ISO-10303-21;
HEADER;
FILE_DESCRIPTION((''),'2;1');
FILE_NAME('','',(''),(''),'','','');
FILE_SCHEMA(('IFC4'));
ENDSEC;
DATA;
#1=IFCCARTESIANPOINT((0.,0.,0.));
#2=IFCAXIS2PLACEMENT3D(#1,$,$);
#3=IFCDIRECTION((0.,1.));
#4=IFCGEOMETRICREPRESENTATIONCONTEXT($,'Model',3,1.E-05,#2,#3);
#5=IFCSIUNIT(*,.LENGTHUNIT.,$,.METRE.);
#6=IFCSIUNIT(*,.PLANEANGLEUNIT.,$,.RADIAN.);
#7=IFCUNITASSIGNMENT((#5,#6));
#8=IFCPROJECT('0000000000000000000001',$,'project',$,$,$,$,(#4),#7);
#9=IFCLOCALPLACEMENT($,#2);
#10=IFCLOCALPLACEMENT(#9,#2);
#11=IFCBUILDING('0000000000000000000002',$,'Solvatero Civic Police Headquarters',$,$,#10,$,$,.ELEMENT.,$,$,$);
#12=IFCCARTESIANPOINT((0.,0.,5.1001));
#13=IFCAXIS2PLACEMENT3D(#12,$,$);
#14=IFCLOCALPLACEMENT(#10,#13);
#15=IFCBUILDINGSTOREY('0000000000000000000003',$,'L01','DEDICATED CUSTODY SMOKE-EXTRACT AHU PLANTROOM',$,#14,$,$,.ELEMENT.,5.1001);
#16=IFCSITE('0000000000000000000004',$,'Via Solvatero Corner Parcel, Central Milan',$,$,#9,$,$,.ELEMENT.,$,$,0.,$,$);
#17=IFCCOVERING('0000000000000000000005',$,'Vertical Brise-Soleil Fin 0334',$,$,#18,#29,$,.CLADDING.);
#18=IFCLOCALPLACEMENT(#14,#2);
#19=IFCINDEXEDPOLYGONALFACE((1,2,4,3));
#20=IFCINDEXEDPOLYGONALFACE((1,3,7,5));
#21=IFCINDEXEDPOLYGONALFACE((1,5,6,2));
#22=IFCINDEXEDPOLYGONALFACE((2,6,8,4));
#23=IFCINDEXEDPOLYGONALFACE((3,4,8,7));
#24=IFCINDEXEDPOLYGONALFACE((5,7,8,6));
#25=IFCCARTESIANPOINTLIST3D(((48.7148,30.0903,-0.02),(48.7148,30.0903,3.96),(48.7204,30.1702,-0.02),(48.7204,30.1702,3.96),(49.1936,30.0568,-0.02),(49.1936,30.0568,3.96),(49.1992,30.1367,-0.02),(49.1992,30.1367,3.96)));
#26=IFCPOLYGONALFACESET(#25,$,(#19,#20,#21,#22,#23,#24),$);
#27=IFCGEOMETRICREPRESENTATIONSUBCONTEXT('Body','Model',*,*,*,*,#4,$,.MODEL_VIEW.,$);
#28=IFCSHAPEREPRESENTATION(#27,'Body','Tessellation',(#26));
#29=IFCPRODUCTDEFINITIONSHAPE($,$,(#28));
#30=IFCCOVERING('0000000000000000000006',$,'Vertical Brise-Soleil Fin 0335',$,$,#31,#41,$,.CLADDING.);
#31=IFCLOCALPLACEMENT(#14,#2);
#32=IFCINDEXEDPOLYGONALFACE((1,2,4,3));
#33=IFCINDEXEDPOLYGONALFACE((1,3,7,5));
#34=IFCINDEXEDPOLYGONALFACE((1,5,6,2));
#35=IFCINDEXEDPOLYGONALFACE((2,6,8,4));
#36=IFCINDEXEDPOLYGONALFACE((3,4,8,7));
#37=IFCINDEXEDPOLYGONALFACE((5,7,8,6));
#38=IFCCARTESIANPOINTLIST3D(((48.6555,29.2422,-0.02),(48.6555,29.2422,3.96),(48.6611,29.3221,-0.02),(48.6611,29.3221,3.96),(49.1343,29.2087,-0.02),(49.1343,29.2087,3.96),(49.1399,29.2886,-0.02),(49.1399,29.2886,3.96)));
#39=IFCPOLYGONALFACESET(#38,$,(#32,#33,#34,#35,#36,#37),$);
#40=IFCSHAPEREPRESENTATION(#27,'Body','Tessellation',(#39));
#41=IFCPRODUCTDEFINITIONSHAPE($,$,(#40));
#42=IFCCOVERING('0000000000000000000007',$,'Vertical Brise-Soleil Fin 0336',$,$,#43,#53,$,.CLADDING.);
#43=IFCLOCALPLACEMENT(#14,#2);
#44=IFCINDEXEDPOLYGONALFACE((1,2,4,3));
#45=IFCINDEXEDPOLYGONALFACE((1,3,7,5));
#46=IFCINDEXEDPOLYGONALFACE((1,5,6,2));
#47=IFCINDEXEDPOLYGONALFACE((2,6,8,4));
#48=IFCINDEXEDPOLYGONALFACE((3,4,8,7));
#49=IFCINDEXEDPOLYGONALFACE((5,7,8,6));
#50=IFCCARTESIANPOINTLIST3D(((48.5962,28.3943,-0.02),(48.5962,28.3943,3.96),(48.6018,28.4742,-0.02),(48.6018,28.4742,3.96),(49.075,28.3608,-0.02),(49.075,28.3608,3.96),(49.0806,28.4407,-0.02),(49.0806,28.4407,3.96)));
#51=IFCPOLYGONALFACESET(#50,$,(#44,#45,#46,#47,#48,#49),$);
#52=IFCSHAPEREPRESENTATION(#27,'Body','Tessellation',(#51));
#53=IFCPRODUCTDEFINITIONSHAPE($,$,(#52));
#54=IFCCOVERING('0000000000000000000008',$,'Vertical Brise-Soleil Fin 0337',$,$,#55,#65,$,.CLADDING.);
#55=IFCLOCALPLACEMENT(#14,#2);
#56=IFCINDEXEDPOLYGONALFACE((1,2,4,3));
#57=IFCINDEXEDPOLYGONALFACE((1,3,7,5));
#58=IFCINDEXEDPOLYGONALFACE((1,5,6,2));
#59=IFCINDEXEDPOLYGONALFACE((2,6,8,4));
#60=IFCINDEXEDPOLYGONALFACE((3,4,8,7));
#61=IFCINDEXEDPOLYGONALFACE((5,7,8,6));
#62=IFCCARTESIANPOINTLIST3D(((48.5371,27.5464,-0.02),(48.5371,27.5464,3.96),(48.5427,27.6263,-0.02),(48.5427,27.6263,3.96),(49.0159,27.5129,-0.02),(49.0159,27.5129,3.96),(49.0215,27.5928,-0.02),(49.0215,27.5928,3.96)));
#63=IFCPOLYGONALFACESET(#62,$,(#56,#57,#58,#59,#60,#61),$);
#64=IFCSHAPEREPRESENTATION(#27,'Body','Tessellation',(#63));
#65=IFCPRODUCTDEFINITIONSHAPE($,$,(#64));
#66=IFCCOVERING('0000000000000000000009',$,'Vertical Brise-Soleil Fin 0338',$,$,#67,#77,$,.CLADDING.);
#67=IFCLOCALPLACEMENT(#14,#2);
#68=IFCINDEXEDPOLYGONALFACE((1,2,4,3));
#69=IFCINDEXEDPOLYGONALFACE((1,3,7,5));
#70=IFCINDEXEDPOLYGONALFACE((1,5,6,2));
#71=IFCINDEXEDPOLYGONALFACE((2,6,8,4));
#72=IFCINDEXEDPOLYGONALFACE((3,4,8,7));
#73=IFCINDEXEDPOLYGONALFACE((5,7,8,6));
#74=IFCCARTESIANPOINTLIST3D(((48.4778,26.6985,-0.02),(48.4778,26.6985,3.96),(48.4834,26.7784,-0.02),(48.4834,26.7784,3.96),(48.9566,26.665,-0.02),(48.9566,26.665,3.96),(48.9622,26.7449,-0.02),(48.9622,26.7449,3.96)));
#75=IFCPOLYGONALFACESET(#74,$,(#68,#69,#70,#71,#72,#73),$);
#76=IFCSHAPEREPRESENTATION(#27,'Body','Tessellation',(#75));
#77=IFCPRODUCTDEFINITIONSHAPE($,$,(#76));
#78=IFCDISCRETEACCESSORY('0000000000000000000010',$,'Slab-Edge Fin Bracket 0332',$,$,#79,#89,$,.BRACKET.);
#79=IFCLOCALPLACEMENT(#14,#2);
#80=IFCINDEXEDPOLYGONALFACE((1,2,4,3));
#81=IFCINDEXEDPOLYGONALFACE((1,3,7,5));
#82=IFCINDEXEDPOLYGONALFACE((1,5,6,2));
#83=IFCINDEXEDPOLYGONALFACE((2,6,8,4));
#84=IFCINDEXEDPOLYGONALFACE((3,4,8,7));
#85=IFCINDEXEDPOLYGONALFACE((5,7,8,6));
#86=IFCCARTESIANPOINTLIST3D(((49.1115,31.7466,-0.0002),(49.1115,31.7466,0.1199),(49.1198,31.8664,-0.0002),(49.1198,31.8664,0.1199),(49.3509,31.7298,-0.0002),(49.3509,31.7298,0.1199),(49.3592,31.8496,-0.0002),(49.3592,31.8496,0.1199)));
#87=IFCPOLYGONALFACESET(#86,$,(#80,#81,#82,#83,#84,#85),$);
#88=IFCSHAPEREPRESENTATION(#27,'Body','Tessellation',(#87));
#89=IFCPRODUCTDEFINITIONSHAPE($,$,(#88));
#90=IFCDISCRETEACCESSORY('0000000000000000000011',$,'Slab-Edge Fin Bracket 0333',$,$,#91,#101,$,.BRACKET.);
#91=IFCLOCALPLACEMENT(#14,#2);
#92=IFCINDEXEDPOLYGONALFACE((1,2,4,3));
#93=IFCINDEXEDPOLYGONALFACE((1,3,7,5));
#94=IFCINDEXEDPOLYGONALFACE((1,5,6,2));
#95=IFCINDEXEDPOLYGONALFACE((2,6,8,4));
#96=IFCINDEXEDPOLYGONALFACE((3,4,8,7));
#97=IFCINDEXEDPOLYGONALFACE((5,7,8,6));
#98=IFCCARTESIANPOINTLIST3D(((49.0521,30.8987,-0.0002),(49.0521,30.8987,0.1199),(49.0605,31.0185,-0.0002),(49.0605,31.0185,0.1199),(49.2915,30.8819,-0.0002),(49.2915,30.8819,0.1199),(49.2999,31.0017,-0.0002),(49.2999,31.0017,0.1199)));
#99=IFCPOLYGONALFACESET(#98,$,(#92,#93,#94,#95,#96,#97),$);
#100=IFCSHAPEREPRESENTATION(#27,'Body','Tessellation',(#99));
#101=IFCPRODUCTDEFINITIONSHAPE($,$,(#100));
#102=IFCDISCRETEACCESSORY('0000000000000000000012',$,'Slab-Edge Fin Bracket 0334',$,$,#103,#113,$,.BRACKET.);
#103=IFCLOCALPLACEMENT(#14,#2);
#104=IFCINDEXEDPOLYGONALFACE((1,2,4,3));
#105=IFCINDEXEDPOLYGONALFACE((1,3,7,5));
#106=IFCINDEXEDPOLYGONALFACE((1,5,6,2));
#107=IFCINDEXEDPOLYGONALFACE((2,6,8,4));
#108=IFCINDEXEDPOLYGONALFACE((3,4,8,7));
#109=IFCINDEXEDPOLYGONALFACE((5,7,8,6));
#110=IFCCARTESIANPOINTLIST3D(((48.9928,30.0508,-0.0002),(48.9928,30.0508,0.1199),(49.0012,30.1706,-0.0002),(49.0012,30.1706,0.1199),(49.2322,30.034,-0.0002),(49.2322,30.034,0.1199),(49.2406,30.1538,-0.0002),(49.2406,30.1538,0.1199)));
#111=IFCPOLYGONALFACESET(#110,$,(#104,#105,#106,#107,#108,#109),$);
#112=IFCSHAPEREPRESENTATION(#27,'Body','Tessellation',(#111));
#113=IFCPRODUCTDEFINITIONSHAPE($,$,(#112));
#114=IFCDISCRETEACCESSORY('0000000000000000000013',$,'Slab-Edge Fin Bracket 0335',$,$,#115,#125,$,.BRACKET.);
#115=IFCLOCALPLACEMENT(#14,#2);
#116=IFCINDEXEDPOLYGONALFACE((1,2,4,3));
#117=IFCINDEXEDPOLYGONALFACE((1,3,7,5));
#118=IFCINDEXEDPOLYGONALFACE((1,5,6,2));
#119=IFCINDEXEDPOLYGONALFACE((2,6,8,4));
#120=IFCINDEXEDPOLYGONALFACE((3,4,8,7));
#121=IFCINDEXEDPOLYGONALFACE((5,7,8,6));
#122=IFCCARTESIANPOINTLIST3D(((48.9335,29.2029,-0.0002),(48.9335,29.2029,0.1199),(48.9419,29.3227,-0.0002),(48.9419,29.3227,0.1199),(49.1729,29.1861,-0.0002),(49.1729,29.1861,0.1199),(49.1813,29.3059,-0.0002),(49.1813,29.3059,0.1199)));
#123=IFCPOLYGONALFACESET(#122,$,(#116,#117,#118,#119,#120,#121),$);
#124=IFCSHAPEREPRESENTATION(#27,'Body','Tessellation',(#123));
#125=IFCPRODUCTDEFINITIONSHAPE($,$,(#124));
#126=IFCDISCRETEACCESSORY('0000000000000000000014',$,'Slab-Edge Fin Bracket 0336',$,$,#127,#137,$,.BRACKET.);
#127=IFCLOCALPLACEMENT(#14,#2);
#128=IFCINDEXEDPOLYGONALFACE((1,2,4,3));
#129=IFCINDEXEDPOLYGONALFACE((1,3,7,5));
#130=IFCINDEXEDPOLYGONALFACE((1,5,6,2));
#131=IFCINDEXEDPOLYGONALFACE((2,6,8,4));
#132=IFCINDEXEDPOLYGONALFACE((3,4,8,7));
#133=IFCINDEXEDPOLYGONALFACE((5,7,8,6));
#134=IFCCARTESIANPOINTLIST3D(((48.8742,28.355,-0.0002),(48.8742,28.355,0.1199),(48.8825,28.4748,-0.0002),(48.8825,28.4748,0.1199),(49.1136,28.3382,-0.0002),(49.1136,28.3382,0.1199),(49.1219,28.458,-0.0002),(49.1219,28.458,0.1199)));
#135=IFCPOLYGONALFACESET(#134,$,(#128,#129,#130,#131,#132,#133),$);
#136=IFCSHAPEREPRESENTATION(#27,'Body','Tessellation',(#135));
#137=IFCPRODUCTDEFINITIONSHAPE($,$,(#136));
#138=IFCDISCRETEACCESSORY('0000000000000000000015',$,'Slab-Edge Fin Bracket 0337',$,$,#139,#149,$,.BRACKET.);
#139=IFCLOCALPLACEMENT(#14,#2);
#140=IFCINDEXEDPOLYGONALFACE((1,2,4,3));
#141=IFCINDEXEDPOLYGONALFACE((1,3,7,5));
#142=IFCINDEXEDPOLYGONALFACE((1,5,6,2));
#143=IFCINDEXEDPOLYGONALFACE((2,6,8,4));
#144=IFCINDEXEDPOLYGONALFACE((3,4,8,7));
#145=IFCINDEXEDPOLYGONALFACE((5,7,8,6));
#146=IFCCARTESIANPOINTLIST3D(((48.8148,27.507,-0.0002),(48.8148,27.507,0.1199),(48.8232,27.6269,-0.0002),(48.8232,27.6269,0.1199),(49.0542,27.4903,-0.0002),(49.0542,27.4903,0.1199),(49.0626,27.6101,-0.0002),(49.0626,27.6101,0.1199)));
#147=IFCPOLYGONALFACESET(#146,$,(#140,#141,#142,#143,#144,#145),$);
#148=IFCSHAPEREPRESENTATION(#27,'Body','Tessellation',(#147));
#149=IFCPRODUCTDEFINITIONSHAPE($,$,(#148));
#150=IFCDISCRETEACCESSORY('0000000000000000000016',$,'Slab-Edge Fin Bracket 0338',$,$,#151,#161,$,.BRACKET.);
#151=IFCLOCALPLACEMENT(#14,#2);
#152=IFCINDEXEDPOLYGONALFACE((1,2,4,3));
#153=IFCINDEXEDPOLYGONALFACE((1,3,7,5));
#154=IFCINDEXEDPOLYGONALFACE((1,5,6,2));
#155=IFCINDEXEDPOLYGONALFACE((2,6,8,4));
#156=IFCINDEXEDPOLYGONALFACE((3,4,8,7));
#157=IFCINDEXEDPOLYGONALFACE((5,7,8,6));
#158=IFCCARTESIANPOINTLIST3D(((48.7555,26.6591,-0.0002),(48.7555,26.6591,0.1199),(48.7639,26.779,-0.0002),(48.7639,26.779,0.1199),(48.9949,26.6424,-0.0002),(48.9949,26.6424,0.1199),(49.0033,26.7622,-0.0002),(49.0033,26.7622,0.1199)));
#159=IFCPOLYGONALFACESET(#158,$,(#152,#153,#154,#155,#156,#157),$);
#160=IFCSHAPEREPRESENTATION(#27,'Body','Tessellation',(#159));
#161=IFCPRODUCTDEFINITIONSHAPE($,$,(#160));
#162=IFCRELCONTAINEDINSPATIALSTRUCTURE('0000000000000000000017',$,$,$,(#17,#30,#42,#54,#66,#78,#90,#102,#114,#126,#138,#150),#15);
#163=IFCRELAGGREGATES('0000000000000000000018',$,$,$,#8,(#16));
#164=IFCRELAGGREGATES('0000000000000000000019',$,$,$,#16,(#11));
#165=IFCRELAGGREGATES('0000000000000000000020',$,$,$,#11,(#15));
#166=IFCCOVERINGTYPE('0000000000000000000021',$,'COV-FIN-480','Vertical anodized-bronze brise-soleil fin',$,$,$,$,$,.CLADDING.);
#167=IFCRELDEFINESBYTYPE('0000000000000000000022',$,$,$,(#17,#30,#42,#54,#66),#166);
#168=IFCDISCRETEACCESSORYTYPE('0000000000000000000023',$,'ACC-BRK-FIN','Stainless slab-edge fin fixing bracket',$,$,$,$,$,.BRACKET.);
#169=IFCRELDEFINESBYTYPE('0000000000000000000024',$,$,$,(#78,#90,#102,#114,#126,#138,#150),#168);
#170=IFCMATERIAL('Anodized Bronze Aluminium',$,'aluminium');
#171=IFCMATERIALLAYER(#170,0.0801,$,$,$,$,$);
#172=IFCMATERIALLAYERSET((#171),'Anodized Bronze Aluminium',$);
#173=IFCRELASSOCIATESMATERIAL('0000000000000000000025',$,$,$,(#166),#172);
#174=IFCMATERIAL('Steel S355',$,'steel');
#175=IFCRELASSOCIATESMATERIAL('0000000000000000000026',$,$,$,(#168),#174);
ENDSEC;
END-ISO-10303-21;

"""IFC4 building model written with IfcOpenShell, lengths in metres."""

from ifc_helpers import new_model, si_unit, direction, frame, origin, origin_2d, place, context, subcontext, project, spatial, rectangle, extrude, material, layer, layer_set, type_object, element, save


model = new_model("IFC4")

# Units and contexts
model_context = context("Model", 3, precision=1e-05, world=origin(), true_north=direction((0.0, 1.0)))
body_context = subcontext(model_context, "Body", "Model", "MODEL_VIEW")
ifc_project = project(units=[si_unit("LENGTHUNIT", "METRE"), si_unit("PLANEANGLEUNIT", "RADIAN")], contexts=[model_context])

# Site, building, storey
site_placement = place(None, origin())
site = spatial("IfcSite", under=ifc_project, at=site_placement, Name="Via Solvatero Corner Parcel, Central Milan", CompositionType="ELEMENT", RefElevation=0.0)
building_placement = place(site_placement, origin())
building = spatial("IfcBuilding", under=site, at=building_placement, Name="Solvatero Civic Police Headquarters", CompositionType="ELEMENT")
storey_placement = place(building_placement, frame((0.0, 0.0, 5.1001)))
storey = spatial("IfcBuildingStorey", under=building, at=storey_placement, Name="L01", Description="DEDICATED CUSTODY SMOKE-EXTRACT AHU PLANTROOM", CompositionType="ELEMENT", Elevation=5.1001)

# Shared definitions
ifc_material_1 = material(Name="Anodized Bronze Aluminium", Category="aluminium")

# Coverings
ifc_layer_1 = layer(ifc_material_1, 0.0801)
ifc_layer_set_1 = layer_set([ifc_layer_1], Name="Anodized Bronze Aluminium")
covering_type = type_object("IfcCoveringType", Name="COV-FIN-480", Description="Vertical anodized-bronze brise-soleil fin", PredefinedType="CLADDING", material=ifc_layer_set_1)
for number, where, z_axis, x_axis, name in (
    (1, (48.957, 30.1135, -0.02), (0.0, 0.0, 1.0), (-0.069739, -0.997565, 0.0), "Vertical Brise-Soleil Fin 0334"),
    (2, (48.8977, 29.2654, -0.02), (0.0, 0.0, 1.0), (-0.069739, -0.997565, 0.0), "Vertical Brise-Soleil Fin 0335"),
    (3, (48.8384, 28.4175, -0.02), (0.0, 0.0, 1.0), (-0.069739, -0.997565, 0.0), "Vertical Brise-Soleil Fin 0336"),
    (4, (48.7793, 27.5696, -0.02), (0.0, 0.0, 1.0), (-0.069739, -0.997565, 0.0), "Vertical Brise-Soleil Fin 0337"),
    (5, (48.72, 26.7217, -0.02), (0.0, 0.0, 1.0), (-0.069739, -0.997565, 0.0), "Vertical Brise-Soleil Fin 0338"),
):
    element("IfcCovering", number, at=place(storey_placement, frame(where, z_axis=z_axis, x_axis=x_axis)), inside=storey, type_object=covering_type, Name=name, PredefinedType="CLADDING", context=body_context, shape_type="SweptSolid", body=[
        extrude(rectangle(XDim=0.0801, YDim=0.48, at=origin_2d()), origin(), (0.0, 0.0, 1.0), 3.98),
    ])

# Discrete accessories
ifc_material_2 = material(Name="Steel S355", Category="steel")
discrete_accessory_type = type_object("IfcDiscreteAccessoryType", Name="ACC-BRK-FIN", Description="Stainless slab-edge fin fixing bracket", PredefinedType="BRACKET", material=ifc_material_2)
for number, where, z_axis, x_axis, name in (
    (6, (49.2354, 31.7981, -0.0002), (0.0, 0.0, 1.0), (-0.069739, -0.997565, 0.0), "Slab-Edge Fin Bracket 0332"),
    (7, (49.176, 30.9502, -0.0002), (0.0, 0.0, 1.0), (-0.069739, -0.997565, 0.0), "Slab-Edge Fin Bracket 0333"),
    (8, (49.1167, 30.1023, -0.0002), (0.0, 0.0, 1.0), (-0.069739, -0.997565, 0.0), "Slab-Edge Fin Bracket 0334"),
    (9, (49.0574, 29.2544, -0.0002), (0.0, 0.0, 1.0), (-0.069739, -0.997565, 0.0), "Slab-Edge Fin Bracket 0335"),
    (10, (48.998, 28.4065, -0.0002), (0.0, 0.0, 1.0), (-0.069739, -0.997565, 0.0), "Slab-Edge Fin Bracket 0336"),
    (11, (48.9387, 27.5586, -0.0002), (0.0, 0.0, 1.0), (-0.069739, -0.997565, 0.0), "Slab-Edge Fin Bracket 0337"),
    (12, (48.8794, 26.7107, -0.0002), (0.0, 0.0, 1.0), (-0.069739, -0.997565, 0.0), "Slab-Edge Fin Bracket 0338"),
):
    element("IfcDiscreteAccessory", number, at=place(storey_placement, frame(where, z_axis=z_axis, x_axis=x_axis)), inside=storey, type_object=discrete_accessory_type, Name=name, PredefinedType="BRACKET", context=body_context, shape_type="SweptSolid", body=[
        extrude(rectangle(XDim=0.1201, YDim=0.24, at=origin_2d()), origin(), (0.0, 0.0, 1.0), 0.1201),
    ])

save(model, "model.ifc")
